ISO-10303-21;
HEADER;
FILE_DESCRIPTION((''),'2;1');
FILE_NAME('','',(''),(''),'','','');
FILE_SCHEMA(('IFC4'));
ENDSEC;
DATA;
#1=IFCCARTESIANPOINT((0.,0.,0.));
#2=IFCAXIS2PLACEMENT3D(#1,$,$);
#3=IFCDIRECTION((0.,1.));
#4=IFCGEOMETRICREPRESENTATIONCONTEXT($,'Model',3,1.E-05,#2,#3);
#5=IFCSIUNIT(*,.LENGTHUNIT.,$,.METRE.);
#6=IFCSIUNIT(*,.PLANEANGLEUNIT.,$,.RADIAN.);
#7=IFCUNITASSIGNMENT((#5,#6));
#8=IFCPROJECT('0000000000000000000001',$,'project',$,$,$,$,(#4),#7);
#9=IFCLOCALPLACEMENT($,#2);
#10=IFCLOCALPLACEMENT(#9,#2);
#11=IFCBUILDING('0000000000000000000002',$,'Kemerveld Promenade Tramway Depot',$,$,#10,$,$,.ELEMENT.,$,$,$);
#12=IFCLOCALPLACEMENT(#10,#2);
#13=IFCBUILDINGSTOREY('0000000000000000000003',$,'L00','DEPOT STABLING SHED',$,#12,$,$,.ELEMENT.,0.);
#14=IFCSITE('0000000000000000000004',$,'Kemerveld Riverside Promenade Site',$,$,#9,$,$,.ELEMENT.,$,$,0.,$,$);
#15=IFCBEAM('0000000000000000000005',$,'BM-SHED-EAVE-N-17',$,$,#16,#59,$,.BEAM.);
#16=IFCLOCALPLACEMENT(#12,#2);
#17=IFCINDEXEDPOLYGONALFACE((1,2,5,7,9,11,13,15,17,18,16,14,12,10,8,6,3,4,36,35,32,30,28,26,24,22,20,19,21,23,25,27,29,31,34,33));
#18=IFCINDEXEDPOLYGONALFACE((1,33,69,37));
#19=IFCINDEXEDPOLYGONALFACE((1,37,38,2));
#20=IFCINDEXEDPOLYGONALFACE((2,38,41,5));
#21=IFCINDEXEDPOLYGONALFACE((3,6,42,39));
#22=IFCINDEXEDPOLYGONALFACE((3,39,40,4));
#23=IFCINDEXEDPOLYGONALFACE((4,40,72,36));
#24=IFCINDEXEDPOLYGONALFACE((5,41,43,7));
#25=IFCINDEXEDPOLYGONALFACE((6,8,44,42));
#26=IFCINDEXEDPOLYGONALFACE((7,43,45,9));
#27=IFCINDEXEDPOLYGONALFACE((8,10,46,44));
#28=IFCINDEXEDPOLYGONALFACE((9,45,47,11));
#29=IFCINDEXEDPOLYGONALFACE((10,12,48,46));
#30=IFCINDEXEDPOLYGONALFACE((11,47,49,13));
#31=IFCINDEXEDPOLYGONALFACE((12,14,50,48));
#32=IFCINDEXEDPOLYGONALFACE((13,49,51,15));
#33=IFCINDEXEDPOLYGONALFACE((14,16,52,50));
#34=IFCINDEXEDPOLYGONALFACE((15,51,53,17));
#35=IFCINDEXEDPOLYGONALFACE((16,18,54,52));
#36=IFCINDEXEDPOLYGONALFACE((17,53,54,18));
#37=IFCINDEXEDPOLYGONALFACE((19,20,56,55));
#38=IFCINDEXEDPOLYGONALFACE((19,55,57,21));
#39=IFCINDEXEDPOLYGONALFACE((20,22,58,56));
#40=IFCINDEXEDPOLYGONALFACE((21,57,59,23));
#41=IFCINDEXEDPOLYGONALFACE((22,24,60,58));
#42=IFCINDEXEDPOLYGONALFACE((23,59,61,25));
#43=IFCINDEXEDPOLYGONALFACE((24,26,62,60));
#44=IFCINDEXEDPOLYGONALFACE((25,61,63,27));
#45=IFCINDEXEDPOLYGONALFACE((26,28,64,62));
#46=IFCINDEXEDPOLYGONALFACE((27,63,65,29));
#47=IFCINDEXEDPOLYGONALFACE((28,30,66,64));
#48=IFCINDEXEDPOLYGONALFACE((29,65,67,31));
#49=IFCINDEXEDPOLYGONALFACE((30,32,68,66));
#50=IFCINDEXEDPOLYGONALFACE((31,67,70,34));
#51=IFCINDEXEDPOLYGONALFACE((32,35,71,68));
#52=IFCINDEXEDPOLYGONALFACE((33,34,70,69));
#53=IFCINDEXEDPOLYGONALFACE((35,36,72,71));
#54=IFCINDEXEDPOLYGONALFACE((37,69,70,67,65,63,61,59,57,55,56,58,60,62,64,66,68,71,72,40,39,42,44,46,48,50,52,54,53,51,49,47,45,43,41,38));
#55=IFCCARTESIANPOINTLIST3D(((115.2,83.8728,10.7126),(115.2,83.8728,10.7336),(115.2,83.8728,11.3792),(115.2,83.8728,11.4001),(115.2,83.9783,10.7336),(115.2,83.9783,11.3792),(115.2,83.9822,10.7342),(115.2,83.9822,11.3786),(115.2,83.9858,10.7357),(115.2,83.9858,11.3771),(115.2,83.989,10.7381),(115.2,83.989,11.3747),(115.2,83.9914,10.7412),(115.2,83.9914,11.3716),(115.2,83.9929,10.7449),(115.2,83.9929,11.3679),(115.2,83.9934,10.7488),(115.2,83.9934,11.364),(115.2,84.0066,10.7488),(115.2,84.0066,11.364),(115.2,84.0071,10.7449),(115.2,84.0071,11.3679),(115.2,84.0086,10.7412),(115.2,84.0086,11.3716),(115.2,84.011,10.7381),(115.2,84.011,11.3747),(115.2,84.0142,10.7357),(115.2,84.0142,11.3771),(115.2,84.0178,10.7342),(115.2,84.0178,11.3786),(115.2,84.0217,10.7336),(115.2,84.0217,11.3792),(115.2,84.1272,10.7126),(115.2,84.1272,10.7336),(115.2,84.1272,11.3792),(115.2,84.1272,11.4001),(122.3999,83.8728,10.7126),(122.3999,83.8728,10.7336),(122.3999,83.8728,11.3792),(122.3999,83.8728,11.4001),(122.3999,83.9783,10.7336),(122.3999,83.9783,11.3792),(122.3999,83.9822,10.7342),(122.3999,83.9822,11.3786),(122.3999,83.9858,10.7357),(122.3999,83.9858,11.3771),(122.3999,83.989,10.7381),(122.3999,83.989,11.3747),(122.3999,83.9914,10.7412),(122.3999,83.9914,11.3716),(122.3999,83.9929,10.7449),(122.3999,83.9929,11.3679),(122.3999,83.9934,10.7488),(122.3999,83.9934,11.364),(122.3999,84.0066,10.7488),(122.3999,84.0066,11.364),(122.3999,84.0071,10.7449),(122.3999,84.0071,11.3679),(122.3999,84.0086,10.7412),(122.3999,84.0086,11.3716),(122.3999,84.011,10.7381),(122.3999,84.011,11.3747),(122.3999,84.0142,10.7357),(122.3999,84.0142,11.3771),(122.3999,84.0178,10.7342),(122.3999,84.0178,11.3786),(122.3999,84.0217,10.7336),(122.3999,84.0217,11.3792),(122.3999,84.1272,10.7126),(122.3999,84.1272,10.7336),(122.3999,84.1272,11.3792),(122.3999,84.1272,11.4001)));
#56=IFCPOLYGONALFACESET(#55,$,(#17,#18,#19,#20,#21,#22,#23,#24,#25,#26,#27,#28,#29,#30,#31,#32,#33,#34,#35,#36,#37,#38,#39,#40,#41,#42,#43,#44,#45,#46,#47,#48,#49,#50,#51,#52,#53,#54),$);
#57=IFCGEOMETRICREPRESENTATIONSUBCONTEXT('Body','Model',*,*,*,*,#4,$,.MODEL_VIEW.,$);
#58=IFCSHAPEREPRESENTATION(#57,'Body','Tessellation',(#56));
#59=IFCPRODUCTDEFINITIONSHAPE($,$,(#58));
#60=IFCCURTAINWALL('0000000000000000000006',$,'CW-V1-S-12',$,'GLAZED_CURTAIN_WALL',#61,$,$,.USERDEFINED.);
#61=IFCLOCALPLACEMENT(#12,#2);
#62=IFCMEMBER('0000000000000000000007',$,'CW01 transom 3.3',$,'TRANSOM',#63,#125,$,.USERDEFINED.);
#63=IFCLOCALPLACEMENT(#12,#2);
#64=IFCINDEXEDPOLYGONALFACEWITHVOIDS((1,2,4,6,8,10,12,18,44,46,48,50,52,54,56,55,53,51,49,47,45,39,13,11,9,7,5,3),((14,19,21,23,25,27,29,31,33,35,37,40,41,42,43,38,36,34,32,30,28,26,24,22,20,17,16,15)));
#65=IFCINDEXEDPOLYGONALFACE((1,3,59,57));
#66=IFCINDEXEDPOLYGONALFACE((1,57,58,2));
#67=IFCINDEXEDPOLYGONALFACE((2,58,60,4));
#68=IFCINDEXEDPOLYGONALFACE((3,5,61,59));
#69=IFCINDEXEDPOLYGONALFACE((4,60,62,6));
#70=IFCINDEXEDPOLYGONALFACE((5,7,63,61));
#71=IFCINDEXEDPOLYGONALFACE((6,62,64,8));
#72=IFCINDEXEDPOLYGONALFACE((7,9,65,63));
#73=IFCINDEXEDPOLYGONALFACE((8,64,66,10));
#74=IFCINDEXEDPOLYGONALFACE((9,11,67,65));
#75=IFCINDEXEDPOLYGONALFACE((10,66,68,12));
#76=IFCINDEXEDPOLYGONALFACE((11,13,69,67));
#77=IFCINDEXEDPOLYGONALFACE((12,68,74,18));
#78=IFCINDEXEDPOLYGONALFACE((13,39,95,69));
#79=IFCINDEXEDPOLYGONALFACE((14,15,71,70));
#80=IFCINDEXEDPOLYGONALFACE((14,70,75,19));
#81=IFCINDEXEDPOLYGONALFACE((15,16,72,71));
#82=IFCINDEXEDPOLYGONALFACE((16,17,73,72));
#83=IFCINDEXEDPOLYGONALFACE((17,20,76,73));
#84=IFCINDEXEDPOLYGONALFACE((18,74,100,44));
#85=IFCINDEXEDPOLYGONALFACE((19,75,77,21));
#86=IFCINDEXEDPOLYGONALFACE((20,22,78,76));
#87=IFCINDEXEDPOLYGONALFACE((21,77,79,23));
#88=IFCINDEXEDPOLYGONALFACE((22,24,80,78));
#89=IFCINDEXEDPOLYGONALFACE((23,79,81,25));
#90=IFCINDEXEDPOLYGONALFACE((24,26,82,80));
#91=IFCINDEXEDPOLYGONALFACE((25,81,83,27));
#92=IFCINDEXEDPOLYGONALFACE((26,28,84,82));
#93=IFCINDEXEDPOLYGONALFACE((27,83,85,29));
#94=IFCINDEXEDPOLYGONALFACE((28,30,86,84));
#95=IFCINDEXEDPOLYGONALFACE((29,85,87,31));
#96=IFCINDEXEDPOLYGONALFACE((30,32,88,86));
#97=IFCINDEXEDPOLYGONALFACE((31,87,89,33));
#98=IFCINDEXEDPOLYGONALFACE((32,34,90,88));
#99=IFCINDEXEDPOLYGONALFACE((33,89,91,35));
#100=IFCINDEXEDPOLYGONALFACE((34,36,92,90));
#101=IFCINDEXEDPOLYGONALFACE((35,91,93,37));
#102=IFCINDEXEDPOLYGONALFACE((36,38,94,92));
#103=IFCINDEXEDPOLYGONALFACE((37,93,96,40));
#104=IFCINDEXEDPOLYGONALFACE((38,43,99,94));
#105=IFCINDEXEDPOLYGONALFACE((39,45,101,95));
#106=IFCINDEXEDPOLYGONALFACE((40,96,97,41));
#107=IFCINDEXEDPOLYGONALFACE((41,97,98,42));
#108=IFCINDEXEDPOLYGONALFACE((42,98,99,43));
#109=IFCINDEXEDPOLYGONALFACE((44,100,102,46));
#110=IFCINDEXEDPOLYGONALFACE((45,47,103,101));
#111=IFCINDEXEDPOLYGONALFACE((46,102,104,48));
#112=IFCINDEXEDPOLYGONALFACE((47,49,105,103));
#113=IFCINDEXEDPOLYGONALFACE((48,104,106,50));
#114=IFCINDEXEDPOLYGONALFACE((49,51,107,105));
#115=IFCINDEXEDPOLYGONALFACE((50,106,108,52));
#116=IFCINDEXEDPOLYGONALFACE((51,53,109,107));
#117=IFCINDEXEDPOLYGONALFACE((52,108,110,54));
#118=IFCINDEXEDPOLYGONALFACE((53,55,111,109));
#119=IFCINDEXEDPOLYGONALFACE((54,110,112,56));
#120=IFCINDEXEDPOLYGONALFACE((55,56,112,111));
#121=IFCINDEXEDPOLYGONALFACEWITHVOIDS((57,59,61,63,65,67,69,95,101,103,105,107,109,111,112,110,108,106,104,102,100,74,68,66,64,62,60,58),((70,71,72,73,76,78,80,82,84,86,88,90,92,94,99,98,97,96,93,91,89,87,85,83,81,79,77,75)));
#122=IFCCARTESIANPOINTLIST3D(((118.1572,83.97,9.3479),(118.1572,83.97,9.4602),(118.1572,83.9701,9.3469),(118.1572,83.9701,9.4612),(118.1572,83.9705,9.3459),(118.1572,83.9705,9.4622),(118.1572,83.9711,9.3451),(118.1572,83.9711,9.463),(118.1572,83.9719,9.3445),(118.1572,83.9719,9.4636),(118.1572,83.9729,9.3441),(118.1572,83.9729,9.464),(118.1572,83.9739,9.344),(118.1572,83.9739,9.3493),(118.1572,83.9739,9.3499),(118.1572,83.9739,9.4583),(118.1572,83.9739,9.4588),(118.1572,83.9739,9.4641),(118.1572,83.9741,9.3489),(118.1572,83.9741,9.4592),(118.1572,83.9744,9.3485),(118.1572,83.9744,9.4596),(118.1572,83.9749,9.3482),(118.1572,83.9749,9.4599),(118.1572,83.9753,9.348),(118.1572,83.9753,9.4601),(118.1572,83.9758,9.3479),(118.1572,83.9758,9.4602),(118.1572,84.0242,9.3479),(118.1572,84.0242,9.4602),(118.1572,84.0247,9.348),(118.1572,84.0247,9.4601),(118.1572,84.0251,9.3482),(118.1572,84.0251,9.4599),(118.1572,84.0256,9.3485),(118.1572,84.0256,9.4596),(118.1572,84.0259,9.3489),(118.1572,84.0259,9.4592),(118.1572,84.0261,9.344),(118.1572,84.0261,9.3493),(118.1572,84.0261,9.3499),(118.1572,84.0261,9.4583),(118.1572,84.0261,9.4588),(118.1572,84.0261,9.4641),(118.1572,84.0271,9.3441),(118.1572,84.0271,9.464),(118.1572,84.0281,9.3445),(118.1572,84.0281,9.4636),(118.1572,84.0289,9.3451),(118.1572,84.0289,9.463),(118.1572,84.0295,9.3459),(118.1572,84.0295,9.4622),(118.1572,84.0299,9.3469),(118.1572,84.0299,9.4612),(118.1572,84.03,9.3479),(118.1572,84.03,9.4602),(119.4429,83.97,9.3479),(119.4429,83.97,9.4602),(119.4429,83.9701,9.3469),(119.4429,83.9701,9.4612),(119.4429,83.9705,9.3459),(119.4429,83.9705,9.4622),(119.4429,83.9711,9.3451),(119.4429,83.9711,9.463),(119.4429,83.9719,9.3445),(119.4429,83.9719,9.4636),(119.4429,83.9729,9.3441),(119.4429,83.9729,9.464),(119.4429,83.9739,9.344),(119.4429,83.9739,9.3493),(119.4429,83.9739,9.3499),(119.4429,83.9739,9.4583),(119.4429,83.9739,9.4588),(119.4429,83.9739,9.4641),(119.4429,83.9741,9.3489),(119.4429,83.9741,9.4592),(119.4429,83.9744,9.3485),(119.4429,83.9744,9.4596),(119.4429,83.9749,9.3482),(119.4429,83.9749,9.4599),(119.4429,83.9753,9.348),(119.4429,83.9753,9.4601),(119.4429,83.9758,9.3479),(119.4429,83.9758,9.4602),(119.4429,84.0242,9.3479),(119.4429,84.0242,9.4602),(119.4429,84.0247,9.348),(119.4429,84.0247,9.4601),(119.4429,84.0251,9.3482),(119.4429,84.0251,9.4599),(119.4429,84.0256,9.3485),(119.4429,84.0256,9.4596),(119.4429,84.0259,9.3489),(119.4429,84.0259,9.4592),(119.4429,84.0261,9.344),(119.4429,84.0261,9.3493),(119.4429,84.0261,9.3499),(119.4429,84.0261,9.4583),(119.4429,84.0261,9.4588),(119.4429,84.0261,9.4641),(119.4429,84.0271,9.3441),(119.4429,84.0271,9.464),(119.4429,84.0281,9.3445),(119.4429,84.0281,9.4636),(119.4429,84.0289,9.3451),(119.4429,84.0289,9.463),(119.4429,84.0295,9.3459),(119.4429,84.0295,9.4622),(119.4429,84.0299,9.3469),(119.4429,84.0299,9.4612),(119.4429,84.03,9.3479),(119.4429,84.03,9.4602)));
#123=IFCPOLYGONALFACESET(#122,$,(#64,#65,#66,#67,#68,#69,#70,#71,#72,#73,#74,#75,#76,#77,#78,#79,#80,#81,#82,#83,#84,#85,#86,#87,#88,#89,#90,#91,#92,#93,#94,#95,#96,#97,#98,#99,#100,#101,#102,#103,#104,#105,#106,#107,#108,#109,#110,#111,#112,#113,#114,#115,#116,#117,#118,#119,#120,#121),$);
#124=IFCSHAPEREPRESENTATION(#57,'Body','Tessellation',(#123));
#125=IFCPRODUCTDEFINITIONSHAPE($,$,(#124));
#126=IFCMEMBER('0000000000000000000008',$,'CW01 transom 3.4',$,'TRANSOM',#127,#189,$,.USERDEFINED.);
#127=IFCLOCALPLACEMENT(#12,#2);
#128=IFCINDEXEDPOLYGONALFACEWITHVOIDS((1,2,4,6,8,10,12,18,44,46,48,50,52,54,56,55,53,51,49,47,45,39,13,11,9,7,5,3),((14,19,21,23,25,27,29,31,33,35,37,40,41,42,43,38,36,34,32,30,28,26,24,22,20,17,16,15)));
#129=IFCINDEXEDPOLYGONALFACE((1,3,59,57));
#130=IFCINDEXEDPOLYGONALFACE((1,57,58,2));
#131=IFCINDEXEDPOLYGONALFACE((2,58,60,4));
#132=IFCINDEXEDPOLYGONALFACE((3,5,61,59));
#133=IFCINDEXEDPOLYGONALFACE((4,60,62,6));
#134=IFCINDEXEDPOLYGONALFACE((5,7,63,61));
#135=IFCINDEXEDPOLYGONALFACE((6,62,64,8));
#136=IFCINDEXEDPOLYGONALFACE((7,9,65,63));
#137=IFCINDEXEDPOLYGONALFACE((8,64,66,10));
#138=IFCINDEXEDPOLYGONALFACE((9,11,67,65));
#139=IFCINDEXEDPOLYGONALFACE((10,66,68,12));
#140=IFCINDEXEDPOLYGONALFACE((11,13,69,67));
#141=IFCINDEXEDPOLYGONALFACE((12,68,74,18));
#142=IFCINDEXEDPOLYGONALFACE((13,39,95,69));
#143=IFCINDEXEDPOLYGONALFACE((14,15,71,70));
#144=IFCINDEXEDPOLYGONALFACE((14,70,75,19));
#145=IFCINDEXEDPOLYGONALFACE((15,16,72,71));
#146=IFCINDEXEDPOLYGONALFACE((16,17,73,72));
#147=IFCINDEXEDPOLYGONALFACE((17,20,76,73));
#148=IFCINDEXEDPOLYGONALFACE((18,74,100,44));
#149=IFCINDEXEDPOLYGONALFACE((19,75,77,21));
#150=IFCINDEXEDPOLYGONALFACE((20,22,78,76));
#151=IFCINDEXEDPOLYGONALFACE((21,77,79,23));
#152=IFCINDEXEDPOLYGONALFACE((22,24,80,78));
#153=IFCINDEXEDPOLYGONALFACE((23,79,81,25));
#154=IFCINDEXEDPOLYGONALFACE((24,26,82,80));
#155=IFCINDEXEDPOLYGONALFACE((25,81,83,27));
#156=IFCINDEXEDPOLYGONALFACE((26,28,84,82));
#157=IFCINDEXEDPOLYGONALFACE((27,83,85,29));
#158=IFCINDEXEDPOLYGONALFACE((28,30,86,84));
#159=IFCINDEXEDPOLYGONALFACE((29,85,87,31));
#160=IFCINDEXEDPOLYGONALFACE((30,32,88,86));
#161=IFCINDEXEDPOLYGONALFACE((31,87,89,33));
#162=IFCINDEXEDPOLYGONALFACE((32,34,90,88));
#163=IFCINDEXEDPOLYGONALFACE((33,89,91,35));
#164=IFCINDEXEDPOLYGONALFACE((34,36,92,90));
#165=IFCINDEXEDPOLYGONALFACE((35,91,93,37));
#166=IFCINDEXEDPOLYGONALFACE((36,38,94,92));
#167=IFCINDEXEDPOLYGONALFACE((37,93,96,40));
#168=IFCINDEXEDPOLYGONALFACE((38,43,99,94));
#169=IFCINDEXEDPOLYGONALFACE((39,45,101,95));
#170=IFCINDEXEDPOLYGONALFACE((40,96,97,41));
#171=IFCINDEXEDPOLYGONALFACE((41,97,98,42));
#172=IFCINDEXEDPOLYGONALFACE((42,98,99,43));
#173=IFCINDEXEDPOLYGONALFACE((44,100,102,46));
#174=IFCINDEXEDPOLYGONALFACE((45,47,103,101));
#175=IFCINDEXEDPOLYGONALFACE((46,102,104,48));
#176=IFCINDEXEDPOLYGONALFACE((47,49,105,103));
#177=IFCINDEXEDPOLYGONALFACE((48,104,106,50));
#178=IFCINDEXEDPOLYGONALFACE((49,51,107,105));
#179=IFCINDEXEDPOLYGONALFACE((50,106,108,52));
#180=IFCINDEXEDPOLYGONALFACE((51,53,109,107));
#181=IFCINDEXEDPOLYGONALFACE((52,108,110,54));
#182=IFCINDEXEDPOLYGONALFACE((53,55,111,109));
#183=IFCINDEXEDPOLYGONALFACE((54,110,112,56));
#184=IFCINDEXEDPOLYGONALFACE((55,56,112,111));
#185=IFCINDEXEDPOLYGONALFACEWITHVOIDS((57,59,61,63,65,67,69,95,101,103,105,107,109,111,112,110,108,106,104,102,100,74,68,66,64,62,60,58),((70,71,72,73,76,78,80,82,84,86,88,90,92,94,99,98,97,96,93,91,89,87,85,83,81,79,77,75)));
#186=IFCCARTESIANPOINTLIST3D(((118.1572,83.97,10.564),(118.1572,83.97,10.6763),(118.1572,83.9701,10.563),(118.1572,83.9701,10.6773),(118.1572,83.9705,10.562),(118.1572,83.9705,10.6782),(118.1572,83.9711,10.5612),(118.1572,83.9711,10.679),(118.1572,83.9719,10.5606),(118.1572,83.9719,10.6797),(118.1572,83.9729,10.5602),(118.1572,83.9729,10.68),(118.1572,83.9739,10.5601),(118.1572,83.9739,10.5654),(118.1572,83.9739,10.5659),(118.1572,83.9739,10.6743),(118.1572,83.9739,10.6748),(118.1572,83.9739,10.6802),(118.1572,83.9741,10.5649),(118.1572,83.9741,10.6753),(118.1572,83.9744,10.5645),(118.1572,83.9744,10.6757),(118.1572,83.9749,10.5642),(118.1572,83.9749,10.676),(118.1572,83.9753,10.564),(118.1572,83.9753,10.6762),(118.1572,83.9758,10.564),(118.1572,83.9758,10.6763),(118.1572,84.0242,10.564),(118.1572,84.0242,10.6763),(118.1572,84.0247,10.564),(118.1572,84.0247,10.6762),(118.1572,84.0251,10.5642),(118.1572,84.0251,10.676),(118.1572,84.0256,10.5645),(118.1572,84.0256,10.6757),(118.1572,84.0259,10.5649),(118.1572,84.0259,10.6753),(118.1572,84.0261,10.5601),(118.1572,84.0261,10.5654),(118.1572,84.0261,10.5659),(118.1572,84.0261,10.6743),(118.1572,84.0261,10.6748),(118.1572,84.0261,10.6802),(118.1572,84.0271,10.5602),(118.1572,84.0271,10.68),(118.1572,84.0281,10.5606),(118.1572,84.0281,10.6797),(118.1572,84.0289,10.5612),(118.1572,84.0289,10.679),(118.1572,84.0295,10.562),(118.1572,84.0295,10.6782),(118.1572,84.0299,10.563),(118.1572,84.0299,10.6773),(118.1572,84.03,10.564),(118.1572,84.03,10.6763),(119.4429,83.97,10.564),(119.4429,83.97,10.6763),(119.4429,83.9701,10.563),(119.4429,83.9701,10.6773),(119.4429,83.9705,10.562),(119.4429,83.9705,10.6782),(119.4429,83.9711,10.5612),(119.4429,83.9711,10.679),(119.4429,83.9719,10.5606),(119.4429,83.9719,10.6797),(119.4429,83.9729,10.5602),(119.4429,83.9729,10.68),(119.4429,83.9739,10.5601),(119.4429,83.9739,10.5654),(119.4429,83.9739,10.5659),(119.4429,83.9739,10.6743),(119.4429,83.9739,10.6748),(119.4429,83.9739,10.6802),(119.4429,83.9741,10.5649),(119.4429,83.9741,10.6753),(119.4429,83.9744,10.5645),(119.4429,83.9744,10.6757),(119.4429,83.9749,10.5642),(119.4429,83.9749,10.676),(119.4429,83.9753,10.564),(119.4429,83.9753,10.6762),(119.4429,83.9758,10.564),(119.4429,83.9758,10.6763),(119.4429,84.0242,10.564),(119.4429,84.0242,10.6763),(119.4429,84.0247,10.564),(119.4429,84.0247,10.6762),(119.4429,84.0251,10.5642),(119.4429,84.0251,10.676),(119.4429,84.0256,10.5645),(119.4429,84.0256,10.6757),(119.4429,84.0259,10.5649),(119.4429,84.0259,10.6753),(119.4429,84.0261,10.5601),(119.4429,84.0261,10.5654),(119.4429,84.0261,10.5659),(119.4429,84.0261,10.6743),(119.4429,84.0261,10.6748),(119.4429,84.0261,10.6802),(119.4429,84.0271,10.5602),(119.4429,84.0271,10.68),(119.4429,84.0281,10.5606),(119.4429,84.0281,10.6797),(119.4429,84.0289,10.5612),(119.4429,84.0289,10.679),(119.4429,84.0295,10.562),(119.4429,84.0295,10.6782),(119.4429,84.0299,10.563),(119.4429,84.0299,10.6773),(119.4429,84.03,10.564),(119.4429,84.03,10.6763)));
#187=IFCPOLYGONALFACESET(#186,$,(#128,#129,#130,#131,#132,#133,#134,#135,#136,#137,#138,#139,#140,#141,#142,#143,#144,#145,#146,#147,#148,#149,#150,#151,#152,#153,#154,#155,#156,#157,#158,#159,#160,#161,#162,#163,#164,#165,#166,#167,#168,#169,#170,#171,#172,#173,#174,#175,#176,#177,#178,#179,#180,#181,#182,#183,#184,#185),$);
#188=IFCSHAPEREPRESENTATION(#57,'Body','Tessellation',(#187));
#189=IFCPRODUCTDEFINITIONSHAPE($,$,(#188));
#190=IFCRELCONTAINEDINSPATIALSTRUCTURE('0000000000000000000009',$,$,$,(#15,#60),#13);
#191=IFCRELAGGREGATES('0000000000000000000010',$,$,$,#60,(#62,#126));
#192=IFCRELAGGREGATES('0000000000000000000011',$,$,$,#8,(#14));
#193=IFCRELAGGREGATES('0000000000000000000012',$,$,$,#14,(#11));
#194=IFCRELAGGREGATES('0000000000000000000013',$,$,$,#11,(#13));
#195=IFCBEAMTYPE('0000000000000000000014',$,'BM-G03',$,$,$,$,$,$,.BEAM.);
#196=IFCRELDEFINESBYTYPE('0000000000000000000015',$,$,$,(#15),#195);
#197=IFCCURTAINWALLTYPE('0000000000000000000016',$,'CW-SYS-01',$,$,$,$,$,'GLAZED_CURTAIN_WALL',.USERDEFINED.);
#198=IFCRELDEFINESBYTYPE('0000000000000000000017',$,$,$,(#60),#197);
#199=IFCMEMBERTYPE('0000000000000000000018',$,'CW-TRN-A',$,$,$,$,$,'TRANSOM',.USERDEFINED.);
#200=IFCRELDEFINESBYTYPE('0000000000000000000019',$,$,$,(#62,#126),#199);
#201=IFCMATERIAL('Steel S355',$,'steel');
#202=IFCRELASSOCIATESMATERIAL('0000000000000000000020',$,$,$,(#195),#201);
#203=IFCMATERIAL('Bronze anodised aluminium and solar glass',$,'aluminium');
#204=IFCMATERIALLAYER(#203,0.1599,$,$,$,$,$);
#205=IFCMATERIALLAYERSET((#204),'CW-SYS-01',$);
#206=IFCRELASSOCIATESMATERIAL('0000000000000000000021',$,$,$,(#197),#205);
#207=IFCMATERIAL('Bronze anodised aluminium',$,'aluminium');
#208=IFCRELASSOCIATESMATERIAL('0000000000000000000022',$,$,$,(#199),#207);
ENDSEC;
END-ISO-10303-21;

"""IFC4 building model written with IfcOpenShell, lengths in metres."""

from ifc_helpers import new_model, si_unit, direction, frame, origin, origin_2d, place, context, subcontext, project, spatial, hollow_rectangle, i_section, extrude, material, layer, layer_set, material_profile, profile_set, type_object, element, aggregate, save


model = new_model("IFC4")

# Units and contexts
model_context = context("Model", 3, precision=1e-05, world=origin(), true_north=direction((0.0, 1.0)))
body_context = subcontext(model_context, "Body", "Model", "MODEL_VIEW")
ifc_project = project(units=[si_unit("LENGTHUNIT", "METRE"), si_unit("PLANEANGLEUNIT", "RADIAN")], contexts=[model_context])

# Site, building, storey
site_placement = place(None, origin())
site = spatial("IfcSite", under=ifc_project, at=site_placement, Name="Kemerveld Riverside Promenade Site", CompositionType="ELEMENT", RefElevation=0.0)
building_placement = place(site_placement, origin())
building = spatial("IfcBuilding", under=site, at=building_placement, Name="Kemerveld Promenade Tramway Depot", CompositionType="ELEMENT")
storey_placement = place(building_placement, origin())
storey = spatial("IfcBuildingStorey", under=building, at=storey_placement, Name="L00", Description="DEPOT STABLING SHED", CompositionType="ELEMENT", Elevation=0.0)

# Beam
ifc_material_1 = material(Name="Steel S355", Category="steel")
ifc_material_profile_1 = material_profile(ifc_material_1, i_section(OverallWidth=0.2544, OverallDepth=0.6875, WebThickness=0.0132, FlangeThickness=0.021, FilletRadius=0.0151, at=origin_2d()), Name="686x254x152 UB")
ifc_profile_set_1 = profile_set([ifc_material_profile_1], Name="Steel S355")
beam_type = type_object("IfcBeamType", Name="BM-G03", PredefinedType="BEAM", material=ifc_profile_set_1)
beam_placement = place(storey_placement, frame((115.2, 84.0, 11.0564), z_axis=(1.0, 0.0, 0.0), x_axis=(0.0, 1.0, 0.0)))
element("IfcBeam", 1, at=beam_placement, inside=storey, type_object=beam_type, Name="BM-SHED-EAVE-N-17", PredefinedType="BEAM", context=body_context, shape_type="SweptSolid", body=[
    extrude(i_section(OverallWidth=0.2544, OverallDepth=0.6875, WebThickness=0.0132, FlangeThickness=0.021, FilletRadius=0.0151, at=origin_2d()), origin(), (0.0, 0.0, 1.0), 7.2),
])

# Curtain wall, members
ifc_material_2 = material(Name="Bronze anodised aluminium and solar glass", Category="aluminium")
ifc_layer_1 = layer(ifc_material_2, 0.1599)
ifc_layer_set_1 = layer_set([ifc_layer_1], Name="CW-SYS-01")
curtain_wall_type_1 = type_object("IfcCurtainWallType", Name="CW-SYS-01", ElementType="GLAZED_CURTAIN_WALL", PredefinedType="USERDEFINED", material=ifc_layer_set_1)
curtain_wall_1_placement = place(storey_placement, origin())
curtain_wall_1 = element("IfcCurtainWall", 2, at=curtain_wall_1_placement, inside=storey, type_object=curtain_wall_type_1, Name="CW-V1-S-12", ObjectType="GLAZED_CURTAIN_WALL", PredefinedType="USERDEFINED")
ifc_material_3 = material(Name="Bronze anodised aluminium", Category="aluminium")
ifc_material_profile_2 = material_profile(ifc_material_3, hollow_rectangle(XDim=0.0601, YDim=0.1201, WallThickness=0.0039, InnerFilletRadius=0.002, OuterFilletRadius=0.0039, at=origin_2d()), Name="CW-TRN-120x60")
ifc_profile_set_2 = profile_set([ifc_material_profile_2], Name="Bronze anodised aluminium")
member_type_1 = type_object("IfcMemberType", Name="CW-TRN-A", ElementType="TRANSOM", PredefinedType="USERDEFINED", material=ifc_profile_set_2)
member_1_placement = place(storey_placement, frame((119.4429, 84.0, 9.4041), z_axis=(-1.0, 0.0, 0.0), x_axis=(0.0, -1.0, 0.0)))
member_1 = element("IfcMember", 3, at=member_1_placement, type_object=member_type_1, Name="CW01 transom 3.3", ObjectType="TRANSOM", PredefinedType="USERDEFINED", context=body_context, shape_type="SweptSolid", body=[
    extrude(hollow_rectangle(XDim=0.0601, YDim=0.1201, WallThickness=0.0039, InnerFilletRadius=0.002, OuterFilletRadius=0.0039, at=origin_2d()), origin(), (0.0, 0.0, 1.0), 1.2856),
])
member_2_placement = place(storey_placement, frame((119.4429, 84.0, 10.6201), z_axis=(-1.0, 0.0, 0.0), x_axis=(0.0, -1.0, 0.0)))
member_2 = element("IfcMember", 4, at=member_2_placement, type_object=member_type_1, Name="CW01 transom 3.4", ObjectType="TRANSOM", PredefinedType="USERDEFINED", context=body_context, shape_type="SweptSolid", body=[
    extrude(hollow_rectangle(XDim=0.0601, YDim=0.1201, WallThickness=0.0039, InnerFilletRadius=0.002, OuterFilletRadius=0.0039, at=origin_2d()), origin(), (0.0, 0.0, 1.0), 1.2856),
])

aggregate(curtain_wall_1, [member_1, member_2])

save(model, "model.ifc")
